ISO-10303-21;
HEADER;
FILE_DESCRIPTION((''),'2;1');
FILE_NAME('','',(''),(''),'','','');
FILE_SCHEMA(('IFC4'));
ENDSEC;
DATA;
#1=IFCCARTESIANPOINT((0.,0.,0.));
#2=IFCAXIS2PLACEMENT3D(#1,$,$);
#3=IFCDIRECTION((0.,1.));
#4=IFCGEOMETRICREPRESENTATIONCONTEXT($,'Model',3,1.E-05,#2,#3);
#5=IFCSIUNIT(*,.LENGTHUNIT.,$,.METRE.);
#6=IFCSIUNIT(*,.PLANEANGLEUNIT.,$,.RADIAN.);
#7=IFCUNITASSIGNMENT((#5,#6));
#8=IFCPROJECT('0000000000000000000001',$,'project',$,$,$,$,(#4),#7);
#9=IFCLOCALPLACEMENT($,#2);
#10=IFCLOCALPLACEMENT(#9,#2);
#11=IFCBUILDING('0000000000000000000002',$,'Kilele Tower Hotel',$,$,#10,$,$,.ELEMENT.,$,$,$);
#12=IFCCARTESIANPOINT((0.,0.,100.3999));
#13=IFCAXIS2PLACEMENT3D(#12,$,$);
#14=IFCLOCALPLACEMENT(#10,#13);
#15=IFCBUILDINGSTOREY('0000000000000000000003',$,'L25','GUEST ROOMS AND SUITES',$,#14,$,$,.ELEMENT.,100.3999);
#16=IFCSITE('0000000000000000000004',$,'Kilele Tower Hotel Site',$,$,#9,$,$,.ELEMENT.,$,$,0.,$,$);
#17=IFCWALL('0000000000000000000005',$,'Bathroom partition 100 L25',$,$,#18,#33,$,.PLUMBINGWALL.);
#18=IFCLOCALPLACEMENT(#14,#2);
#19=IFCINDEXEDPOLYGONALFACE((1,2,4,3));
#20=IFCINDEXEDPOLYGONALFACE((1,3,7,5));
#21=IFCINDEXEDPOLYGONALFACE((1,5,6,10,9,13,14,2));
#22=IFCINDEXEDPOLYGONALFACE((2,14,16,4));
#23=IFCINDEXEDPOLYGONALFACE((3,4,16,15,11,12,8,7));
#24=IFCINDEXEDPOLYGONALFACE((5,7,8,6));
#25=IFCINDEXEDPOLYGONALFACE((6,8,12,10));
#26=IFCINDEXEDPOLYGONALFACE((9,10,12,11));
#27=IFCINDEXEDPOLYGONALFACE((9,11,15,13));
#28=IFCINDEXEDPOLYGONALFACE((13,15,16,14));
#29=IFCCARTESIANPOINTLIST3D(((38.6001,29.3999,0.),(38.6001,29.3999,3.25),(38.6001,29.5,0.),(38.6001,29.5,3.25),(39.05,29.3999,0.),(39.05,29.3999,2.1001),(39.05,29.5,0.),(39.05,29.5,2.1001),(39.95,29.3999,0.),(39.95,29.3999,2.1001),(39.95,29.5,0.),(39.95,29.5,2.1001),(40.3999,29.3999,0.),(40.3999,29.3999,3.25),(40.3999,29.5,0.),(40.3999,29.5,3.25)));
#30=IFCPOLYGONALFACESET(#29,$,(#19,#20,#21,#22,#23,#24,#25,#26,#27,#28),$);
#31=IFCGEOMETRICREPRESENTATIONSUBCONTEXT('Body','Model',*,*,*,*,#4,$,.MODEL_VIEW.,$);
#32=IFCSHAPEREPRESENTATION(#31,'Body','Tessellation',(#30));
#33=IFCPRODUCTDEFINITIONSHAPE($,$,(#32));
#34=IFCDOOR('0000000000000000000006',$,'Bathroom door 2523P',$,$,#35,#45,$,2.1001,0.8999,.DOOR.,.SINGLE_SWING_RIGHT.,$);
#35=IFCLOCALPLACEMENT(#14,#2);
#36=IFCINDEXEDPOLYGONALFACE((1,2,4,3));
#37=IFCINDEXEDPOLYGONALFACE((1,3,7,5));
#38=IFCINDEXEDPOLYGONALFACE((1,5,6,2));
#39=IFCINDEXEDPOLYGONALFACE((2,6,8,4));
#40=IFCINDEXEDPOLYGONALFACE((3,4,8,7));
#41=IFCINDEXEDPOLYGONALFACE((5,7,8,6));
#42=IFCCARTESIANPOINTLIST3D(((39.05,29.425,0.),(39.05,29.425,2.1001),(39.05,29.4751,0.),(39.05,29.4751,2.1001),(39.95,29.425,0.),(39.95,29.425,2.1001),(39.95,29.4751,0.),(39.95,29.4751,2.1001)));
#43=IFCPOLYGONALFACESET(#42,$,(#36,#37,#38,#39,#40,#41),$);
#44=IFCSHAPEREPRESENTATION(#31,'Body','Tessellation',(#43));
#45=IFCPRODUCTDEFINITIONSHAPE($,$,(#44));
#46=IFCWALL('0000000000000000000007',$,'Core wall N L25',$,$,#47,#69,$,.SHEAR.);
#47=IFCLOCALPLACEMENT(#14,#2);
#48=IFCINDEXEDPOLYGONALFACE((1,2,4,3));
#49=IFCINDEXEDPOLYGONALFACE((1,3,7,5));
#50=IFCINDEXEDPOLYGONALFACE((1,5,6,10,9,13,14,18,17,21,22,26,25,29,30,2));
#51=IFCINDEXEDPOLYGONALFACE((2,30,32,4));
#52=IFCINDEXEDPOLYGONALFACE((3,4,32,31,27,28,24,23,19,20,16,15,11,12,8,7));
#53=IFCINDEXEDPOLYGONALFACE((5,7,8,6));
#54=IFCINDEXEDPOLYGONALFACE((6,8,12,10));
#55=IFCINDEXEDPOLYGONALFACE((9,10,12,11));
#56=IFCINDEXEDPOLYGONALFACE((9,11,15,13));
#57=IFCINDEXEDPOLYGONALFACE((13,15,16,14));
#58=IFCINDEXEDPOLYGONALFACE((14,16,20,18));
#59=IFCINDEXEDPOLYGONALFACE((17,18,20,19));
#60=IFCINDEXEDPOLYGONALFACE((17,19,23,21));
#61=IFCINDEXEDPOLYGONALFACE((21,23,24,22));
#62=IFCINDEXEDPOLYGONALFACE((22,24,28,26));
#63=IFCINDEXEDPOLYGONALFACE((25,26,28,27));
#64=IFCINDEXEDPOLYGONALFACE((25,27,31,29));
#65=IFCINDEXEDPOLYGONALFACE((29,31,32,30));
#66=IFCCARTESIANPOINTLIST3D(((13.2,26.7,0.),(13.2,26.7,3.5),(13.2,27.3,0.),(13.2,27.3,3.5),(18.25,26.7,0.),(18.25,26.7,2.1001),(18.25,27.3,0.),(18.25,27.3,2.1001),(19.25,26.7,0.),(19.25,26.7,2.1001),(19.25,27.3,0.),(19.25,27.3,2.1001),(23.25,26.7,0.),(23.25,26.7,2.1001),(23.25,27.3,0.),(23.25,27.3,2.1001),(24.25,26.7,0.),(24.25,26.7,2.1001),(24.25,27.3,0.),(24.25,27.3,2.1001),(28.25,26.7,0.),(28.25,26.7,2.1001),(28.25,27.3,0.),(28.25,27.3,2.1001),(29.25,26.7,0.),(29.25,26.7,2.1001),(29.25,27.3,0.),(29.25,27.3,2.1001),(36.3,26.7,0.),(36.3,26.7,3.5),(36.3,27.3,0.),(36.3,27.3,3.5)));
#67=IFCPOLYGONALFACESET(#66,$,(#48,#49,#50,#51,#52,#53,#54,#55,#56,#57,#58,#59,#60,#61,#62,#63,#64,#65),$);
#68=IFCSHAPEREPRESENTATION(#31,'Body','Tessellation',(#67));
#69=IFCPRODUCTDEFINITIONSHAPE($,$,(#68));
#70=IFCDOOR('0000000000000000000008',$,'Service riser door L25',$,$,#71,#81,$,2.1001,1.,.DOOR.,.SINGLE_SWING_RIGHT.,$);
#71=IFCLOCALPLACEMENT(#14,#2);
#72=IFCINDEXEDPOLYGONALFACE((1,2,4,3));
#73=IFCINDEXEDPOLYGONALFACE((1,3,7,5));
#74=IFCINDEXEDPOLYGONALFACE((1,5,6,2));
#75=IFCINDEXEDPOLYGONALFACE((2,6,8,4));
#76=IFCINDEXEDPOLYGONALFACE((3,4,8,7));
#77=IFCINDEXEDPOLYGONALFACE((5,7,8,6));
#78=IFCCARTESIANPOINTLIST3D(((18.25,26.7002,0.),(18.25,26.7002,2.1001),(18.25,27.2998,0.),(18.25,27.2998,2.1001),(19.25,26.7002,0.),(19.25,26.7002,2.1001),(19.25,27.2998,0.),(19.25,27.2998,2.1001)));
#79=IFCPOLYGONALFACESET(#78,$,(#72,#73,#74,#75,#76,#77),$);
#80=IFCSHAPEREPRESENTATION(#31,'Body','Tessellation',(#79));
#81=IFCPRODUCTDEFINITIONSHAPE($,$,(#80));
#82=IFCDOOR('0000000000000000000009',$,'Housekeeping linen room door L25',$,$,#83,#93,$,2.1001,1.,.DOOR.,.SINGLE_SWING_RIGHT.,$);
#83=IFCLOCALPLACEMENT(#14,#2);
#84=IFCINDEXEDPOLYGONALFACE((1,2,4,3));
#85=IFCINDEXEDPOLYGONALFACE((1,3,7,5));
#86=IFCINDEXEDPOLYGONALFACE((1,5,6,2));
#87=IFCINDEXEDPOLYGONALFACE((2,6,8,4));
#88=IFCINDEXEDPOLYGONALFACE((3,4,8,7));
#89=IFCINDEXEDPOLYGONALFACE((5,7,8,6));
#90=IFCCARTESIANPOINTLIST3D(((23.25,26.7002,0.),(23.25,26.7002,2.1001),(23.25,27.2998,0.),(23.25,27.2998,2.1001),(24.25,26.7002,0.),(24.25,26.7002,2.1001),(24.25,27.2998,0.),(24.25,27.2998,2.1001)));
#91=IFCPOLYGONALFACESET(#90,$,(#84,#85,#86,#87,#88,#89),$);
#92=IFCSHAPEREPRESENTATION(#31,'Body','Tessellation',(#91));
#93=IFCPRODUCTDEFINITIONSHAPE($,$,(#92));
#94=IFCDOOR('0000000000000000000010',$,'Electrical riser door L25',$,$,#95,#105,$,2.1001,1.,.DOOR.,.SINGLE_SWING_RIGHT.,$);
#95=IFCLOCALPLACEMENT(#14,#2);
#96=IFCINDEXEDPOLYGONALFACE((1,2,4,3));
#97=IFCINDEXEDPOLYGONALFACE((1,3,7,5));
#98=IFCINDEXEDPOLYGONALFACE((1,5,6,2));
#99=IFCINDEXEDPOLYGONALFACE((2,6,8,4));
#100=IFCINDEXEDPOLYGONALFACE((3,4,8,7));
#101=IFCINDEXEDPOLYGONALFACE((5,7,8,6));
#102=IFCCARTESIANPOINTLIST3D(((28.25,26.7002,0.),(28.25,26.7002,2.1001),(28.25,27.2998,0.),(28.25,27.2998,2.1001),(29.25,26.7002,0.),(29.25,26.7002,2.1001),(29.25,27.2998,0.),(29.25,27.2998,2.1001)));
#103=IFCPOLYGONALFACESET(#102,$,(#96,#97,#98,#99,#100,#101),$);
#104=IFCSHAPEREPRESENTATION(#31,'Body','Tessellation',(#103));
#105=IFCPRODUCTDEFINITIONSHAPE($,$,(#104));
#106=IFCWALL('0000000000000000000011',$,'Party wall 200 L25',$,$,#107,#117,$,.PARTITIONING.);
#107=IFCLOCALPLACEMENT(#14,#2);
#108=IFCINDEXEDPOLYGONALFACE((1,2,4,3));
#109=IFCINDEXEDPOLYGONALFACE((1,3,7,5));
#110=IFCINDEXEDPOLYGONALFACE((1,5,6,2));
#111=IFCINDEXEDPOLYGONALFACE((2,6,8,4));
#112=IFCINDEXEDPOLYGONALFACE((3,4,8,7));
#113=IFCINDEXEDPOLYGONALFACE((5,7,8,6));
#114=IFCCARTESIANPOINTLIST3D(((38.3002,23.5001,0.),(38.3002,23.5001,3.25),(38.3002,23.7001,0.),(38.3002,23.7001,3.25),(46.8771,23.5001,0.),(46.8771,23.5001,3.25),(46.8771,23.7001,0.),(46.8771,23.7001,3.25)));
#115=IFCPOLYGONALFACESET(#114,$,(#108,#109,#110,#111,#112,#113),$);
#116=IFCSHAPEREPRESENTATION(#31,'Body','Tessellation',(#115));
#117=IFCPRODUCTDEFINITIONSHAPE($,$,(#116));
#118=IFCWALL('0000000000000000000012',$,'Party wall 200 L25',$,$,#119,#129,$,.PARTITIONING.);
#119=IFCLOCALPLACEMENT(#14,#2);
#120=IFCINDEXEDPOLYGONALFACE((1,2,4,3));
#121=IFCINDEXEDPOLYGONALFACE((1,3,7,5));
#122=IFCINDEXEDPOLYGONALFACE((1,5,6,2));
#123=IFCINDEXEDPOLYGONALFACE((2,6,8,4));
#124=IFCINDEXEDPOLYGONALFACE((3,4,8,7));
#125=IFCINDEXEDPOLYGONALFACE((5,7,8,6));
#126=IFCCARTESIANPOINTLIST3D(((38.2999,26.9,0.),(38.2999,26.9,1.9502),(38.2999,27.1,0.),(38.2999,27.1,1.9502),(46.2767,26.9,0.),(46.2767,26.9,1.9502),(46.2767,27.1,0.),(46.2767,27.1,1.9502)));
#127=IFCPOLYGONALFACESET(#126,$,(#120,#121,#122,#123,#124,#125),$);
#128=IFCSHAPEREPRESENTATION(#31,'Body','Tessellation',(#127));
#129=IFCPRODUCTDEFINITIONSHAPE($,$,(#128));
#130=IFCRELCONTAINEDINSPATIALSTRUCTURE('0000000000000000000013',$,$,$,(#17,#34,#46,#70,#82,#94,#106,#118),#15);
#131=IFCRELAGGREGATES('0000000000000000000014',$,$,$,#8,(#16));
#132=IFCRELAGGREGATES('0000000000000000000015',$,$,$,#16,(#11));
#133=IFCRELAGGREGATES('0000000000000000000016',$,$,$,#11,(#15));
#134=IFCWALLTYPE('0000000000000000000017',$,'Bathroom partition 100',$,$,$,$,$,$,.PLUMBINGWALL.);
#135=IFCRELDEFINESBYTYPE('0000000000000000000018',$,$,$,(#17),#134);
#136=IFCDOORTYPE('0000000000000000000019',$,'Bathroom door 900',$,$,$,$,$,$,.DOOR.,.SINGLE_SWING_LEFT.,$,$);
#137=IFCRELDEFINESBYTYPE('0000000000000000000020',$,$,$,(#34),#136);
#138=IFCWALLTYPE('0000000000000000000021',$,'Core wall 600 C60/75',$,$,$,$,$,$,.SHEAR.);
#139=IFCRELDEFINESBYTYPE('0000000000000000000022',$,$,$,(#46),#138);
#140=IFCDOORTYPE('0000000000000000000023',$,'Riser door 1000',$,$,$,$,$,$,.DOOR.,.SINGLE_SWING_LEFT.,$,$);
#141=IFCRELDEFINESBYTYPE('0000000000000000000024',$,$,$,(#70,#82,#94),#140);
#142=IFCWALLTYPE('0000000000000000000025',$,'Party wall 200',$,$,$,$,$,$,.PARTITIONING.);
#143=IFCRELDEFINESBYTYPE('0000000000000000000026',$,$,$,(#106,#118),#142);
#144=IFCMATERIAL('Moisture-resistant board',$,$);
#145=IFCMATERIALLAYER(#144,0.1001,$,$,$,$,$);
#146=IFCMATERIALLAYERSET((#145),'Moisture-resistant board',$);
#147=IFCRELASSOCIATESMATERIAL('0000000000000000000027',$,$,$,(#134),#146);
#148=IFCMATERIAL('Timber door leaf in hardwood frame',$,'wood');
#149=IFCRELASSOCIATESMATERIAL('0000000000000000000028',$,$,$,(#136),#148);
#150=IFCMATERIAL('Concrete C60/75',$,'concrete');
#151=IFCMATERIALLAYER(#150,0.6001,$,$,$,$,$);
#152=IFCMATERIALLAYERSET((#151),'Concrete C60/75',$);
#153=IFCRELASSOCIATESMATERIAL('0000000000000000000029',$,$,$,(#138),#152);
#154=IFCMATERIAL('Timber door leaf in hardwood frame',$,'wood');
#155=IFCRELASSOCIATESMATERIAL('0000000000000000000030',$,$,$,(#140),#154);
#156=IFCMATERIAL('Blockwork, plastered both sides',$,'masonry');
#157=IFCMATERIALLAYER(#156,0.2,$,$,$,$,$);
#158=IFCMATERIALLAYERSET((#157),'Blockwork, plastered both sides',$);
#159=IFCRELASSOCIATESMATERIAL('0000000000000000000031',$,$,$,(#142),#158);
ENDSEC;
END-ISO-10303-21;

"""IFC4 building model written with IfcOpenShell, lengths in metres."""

from ifc_helpers import new_model, si_unit, direction, frame, frame_2d, origin, place, context, subcontext, project, spatial, rectangle, extrude, material, layer, layer_set, type_object, element, fill, save


model = new_model("IFC4")

# Units and contexts
model_context = context("Model", 3, precision=1e-05, world=origin(), true_north=direction((0.0, 1.0)))
body_context = subcontext(model_context, "Body", "Model", "MODEL_VIEW")
ifc_project = project(units=[si_unit("LENGTHUNIT", "METRE"), si_unit("PLANEANGLEUNIT", "RADIAN")], contexts=[model_context])

# Site, building, storey
site_placement = place(None, origin())
site = spatial("IfcSite", under=ifc_project, at=site_placement, Name="Kilele Tower Hotel Site", CompositionType="ELEMENT", RefElevation=0.0)
building_placement = place(site_placement, origin())
building = spatial("IfcBuilding", under=site, at=building_placement, Name="Kilele Tower Hotel", CompositionType="ELEMENT")
storey_placement = place(building_placement, frame((0.0, 0.0, 100.3999)))
storey = spatial("IfcBuildingStorey", under=building, at=storey_placement, Name="L25", Description="GUEST ROOMS AND SUITES", CompositionType="ELEMENT", Elevation=100.3999)

# Shared definitions
ifc_material_1 = material(Name="Moisture-resistant board")
ifc_layer_1 = layer(ifc_material_1, 0.1001)
ifc_layer_set_1 = layer_set([ifc_layer_1], Name="Moisture-resistant board")
wall_type_1 = type_object("IfcWallType", Name="Bathroom partition 100", PredefinedType="PLUMBINGWALL", material=ifc_layer_set_1)

# Shared definitions
ifc_material_2 = material(Name="Timber door leaf in hardwood frame", Category="wood")
door_type_1 = type_object("IfcDoorType", Name="Bathroom door 900", OperationType="SINGLE_SWING_LEFT", PredefinedType="DOOR", material=ifc_material_2)

# Wall, opening, door
wall_1_placement = place(storey_placement, frame((38.6001, 29.45, 0.0), z_axis=(0.0, 0.0, 1.0), x_axis=(1.0, 0.0, 0.0)))
wall_1 = element("IfcWall", 1, at=wall_1_placement, inside=storey, type_object=wall_type_1, Name="Bathroom partition 100 L25", PredefinedType="PLUMBINGWALL", context=body_context, shape_type="SweptSolid", body=[
    extrude(rectangle(XDim=1.7998, YDim=0.1001, at=frame_2d((0.8999, 0.0))), origin(), (0.0, 0.0, 1.0), 3.25),
])
opening_1_placement = place(wall_1_placement, frame((1.3499, 0.0, 0.0), z_axis=(0.0, 0.0, 1.0), x_axis=(-1.0, 0.0, 0.0)))
opening_1 = element("IfcOpeningElement", 2, at=opening_1_placement, cuts=wall_1, PredefinedType="OPENING", context=body_context, shape_type="SweptSolid", body=[
    extrude(rectangle(XDim=0.8999, YDim=2.1001, at=frame_2d((0.45, 1.05))), frame((0.0, 0.0601, 0.0), z_axis=(0.0, -1.0, 0.0), x_axis=(1.0, 0.0, 0.0)), (0.0, 0.0, 1.0), 0.1201),
])
door_1_placement = place(opening_1_placement, origin())
door_1 = element("IfcDoor", 3, at=door_1_placement, inside=storey, type_object=door_type_1, Name="Bathroom door 2523P", OperationType="SINGLE_SWING_RIGHT", OverallHeight=2.1001, OverallWidth=0.8999, PredefinedType="DOOR", context=body_context, shape_type="SweptSolid", body=[
    extrude(rectangle(XDim=0.8999, YDim=2.1001, at=frame_2d((0.45, 1.05))), frame((0.0, 0.0249, 0.0), z_axis=(0.0, -1.0, 0.0), x_axis=(1.0, 0.0, 0.0)), (0.0, 0.0, 1.0), 0.05),
])
fill(opening_1, door_1)

# Wall, openings, doors
ifc_material_3 = material(Name="Concrete C60/75", Category="concrete")
ifc_layer_2 = layer(ifc_material_3, 0.6001)
ifc_layer_set_2 = layer_set([ifc_layer_2], Name="Concrete C60/75")
wall_type_2 = type_object("IfcWallType", Name="Core wall 600 C60/75", PredefinedType="SHEAR", material=ifc_layer_set_2)
wall_2_placement = place(storey_placement, frame((36.3, 27.0, 0.0), z_axis=(0.0, 0.0, 1.0), x_axis=(-1.0, 0.0, 0.0)))
wall_2 = element("IfcWall", 4, at=wall_2_placement, inside=storey, type_object=wall_type_2, Name="Core wall N L25", PredefinedType="SHEAR", context=body_context, shape_type="SweptSolid", body=[
    extrude(rectangle(XDim=23.1001, YDim=0.6001, at=frame_2d((11.55, 0.0))), origin(), (0.0, 0.0, 1.0), 3.5),
])
opening_2_placement = place(wall_2_placement, frame((17.05, 0.0, 0.0)))
opening_2 = element("IfcOpeningElement", 5, at=opening_2_placement, cuts=wall_2, PredefinedType="OPENING", context=body_context, shape_type="SweptSolid", body=[
    extrude(rectangle(XDim=1.0, YDim=2.1001, at=frame_2d((0.5, 1.05))), frame((0.0, 0.3101, 0.0), z_axis=(0.0, -1.0, 0.0), x_axis=(1.0, 0.0, 0.0)), (0.0, 0.0, 1.0), 0.6201),
])
opening_3_placement = place(wall_2_placement, frame((12.05, 0.0, 0.0)))
opening_3 = element("IfcOpeningElement", 6, at=opening_3_placement, cuts=wall_2, PredefinedType="OPENING", context=body_context, shape_type="SweptSolid", body=[
    extrude(rectangle(XDim=1.0, YDim=2.1001, at=frame_2d((0.5, 1.05))), frame((0.0, 0.3101, 0.0), z_axis=(0.0, -1.0, 0.0), x_axis=(1.0, 0.0, 0.0)), (0.0, 0.0, 1.0), 0.6201),
])
opening_4_placement = place(wall_2_placement, frame((7.05, 0.0, 0.0)))
opening_4 = element("IfcOpeningElement", 7, at=opening_4_placement, cuts=wall_2, PredefinedType="OPENING", context=body_context, shape_type="SweptSolid", body=[
    extrude(rectangle(XDim=1.0, YDim=2.1001, at=frame_2d((0.5, 1.05))), frame((0.0, 0.3101, 0.0), z_axis=(0.0, -1.0, 0.0), x_axis=(1.0, 0.0, 0.0)), (0.0, 0.0, 1.0), 0.6201),
])
ifc_material_4 = material(Name="Timber door leaf in hardwood frame", Category="wood")
door_type_2 = type_object("IfcDoorType", Name="Riser door 1000", OperationType="SINGLE_SWING_LEFT", PredefinedType="DOOR", material=ifc_material_4)
door_2_placement = place(opening_2_placement, origin())
door_2 = element("IfcDoor", 8, at=door_2_placement, inside=storey, type_object=door_type_2, Name="Service riser door L25", OperationType="SINGLE_SWING_RIGHT", OverallHeight=2.1001, OverallWidth=1.0, PredefinedType="DOOR", context=body_context, shape_type="SweptSolid", body=[
    extrude(rectangle(XDim=1.0, YDim=2.1001, at=frame_2d((0.5, 1.05))), frame((0.0, 0.2998, 0.0), z_axis=(0.0, -1.0, 0.0), x_axis=(1.0, 0.0, 0.0)), (0.0, 0.0, 1.0), 0.5996),
])
fill(opening_2, door_2)
door_3_placement = place(opening_3_placement, origin())
door_3 = element("IfcDoor", 9, at=door_3_placement, inside=storey, type_object=door_type_2, Name="Housekeeping linen room door L25", OperationType="SINGLE_SWING_RIGHT", OverallHeight=2.1001, OverallWidth=1.0, PredefinedType="DOOR", context=body_context, shape_type="SweptSolid", body=[
    extrude(rectangle(XDim=1.0, YDim=2.1001, at=frame_2d((0.5, 1.05))), frame((0.0, 0.2998, 0.0), z_axis=(0.0, -1.0, 0.0), x_axis=(1.0, 0.0, 0.0)), (0.0, 0.0, 1.0), 0.5996),
])
fill(opening_3, door_3)
door_4_placement = place(opening_4_placement, origin())
door_4 = element("IfcDoor", 10, at=door_4_placement, inside=storey, type_object=door_type_2, Name="Electrical riser door L25", OperationType="SINGLE_SWING_RIGHT", OverallHeight=2.1001, OverallWidth=1.0, PredefinedType="DOOR", context=body_context, shape_type="SweptSolid", body=[
    extrude(rectangle(XDim=1.0, YDim=2.1001, at=frame_2d((0.5, 1.05))), frame((0.0, 0.2998, 0.0), z_axis=(0.0, -1.0, 0.0), x_axis=(1.0, 0.0, 0.0)), (0.0, 0.0, 1.0), 0.5996),
])
fill(opening_4, door_4)

# Walls
ifc_material_5 = material(Name="Blockwork, plastered both sides", Category="masonry")
ifc_layer_3 = layer(ifc_material_5, 0.2)
ifc_layer_set_3 = layer_set([ifc_layer_3], Name="Blockwork, plastered both sides")
wall_type_3 = type_object("IfcWallType", Name="Party wall 200", PredefinedType="PARTITIONING", material=ifc_layer_set_3)
wall_3_placement = place(storey_placement, frame((38.3, 23.6001, 0.0), z_axis=(0.0, 0.0, 1.0), x_axis=(1.0, 0.0, 0.0)))
element("IfcWall", 11, at=wall_3_placement, inside=storey, type_object=wall_type_3, Name="Party wall 200 L25", PredefinedType="PARTITIONING", context=body_context, shape_type="SweptSolid", body=[
    extrude(rectangle(XDim=8.5769, YDim=0.2, at=frame_2d((4.2886, 0.0))), origin(), (0.0, 0.0, 1.0), 3.25),
])
wall_4_placement = place(storey_placement, frame((38.3, 27.0, 0.0), z_axis=(0.0, 0.0, 1.0), x_axis=(1.0, 0.0, 0.0)))
element("IfcWall", 12, at=wall_4_placement, inside=storey, type_object=wall_type_3, Name="Party wall 200 L25", PredefinedType="PARTITIONING", context=body_context, shape_type="SweptSolid", body=[
    extrude(rectangle(XDim=7.9768, YDim=0.2, at=frame_2d((3.9883, 0.0))), origin(), (0.0, 0.0, 1.0), 1.9502),
])

save(model, "model.ifc")
